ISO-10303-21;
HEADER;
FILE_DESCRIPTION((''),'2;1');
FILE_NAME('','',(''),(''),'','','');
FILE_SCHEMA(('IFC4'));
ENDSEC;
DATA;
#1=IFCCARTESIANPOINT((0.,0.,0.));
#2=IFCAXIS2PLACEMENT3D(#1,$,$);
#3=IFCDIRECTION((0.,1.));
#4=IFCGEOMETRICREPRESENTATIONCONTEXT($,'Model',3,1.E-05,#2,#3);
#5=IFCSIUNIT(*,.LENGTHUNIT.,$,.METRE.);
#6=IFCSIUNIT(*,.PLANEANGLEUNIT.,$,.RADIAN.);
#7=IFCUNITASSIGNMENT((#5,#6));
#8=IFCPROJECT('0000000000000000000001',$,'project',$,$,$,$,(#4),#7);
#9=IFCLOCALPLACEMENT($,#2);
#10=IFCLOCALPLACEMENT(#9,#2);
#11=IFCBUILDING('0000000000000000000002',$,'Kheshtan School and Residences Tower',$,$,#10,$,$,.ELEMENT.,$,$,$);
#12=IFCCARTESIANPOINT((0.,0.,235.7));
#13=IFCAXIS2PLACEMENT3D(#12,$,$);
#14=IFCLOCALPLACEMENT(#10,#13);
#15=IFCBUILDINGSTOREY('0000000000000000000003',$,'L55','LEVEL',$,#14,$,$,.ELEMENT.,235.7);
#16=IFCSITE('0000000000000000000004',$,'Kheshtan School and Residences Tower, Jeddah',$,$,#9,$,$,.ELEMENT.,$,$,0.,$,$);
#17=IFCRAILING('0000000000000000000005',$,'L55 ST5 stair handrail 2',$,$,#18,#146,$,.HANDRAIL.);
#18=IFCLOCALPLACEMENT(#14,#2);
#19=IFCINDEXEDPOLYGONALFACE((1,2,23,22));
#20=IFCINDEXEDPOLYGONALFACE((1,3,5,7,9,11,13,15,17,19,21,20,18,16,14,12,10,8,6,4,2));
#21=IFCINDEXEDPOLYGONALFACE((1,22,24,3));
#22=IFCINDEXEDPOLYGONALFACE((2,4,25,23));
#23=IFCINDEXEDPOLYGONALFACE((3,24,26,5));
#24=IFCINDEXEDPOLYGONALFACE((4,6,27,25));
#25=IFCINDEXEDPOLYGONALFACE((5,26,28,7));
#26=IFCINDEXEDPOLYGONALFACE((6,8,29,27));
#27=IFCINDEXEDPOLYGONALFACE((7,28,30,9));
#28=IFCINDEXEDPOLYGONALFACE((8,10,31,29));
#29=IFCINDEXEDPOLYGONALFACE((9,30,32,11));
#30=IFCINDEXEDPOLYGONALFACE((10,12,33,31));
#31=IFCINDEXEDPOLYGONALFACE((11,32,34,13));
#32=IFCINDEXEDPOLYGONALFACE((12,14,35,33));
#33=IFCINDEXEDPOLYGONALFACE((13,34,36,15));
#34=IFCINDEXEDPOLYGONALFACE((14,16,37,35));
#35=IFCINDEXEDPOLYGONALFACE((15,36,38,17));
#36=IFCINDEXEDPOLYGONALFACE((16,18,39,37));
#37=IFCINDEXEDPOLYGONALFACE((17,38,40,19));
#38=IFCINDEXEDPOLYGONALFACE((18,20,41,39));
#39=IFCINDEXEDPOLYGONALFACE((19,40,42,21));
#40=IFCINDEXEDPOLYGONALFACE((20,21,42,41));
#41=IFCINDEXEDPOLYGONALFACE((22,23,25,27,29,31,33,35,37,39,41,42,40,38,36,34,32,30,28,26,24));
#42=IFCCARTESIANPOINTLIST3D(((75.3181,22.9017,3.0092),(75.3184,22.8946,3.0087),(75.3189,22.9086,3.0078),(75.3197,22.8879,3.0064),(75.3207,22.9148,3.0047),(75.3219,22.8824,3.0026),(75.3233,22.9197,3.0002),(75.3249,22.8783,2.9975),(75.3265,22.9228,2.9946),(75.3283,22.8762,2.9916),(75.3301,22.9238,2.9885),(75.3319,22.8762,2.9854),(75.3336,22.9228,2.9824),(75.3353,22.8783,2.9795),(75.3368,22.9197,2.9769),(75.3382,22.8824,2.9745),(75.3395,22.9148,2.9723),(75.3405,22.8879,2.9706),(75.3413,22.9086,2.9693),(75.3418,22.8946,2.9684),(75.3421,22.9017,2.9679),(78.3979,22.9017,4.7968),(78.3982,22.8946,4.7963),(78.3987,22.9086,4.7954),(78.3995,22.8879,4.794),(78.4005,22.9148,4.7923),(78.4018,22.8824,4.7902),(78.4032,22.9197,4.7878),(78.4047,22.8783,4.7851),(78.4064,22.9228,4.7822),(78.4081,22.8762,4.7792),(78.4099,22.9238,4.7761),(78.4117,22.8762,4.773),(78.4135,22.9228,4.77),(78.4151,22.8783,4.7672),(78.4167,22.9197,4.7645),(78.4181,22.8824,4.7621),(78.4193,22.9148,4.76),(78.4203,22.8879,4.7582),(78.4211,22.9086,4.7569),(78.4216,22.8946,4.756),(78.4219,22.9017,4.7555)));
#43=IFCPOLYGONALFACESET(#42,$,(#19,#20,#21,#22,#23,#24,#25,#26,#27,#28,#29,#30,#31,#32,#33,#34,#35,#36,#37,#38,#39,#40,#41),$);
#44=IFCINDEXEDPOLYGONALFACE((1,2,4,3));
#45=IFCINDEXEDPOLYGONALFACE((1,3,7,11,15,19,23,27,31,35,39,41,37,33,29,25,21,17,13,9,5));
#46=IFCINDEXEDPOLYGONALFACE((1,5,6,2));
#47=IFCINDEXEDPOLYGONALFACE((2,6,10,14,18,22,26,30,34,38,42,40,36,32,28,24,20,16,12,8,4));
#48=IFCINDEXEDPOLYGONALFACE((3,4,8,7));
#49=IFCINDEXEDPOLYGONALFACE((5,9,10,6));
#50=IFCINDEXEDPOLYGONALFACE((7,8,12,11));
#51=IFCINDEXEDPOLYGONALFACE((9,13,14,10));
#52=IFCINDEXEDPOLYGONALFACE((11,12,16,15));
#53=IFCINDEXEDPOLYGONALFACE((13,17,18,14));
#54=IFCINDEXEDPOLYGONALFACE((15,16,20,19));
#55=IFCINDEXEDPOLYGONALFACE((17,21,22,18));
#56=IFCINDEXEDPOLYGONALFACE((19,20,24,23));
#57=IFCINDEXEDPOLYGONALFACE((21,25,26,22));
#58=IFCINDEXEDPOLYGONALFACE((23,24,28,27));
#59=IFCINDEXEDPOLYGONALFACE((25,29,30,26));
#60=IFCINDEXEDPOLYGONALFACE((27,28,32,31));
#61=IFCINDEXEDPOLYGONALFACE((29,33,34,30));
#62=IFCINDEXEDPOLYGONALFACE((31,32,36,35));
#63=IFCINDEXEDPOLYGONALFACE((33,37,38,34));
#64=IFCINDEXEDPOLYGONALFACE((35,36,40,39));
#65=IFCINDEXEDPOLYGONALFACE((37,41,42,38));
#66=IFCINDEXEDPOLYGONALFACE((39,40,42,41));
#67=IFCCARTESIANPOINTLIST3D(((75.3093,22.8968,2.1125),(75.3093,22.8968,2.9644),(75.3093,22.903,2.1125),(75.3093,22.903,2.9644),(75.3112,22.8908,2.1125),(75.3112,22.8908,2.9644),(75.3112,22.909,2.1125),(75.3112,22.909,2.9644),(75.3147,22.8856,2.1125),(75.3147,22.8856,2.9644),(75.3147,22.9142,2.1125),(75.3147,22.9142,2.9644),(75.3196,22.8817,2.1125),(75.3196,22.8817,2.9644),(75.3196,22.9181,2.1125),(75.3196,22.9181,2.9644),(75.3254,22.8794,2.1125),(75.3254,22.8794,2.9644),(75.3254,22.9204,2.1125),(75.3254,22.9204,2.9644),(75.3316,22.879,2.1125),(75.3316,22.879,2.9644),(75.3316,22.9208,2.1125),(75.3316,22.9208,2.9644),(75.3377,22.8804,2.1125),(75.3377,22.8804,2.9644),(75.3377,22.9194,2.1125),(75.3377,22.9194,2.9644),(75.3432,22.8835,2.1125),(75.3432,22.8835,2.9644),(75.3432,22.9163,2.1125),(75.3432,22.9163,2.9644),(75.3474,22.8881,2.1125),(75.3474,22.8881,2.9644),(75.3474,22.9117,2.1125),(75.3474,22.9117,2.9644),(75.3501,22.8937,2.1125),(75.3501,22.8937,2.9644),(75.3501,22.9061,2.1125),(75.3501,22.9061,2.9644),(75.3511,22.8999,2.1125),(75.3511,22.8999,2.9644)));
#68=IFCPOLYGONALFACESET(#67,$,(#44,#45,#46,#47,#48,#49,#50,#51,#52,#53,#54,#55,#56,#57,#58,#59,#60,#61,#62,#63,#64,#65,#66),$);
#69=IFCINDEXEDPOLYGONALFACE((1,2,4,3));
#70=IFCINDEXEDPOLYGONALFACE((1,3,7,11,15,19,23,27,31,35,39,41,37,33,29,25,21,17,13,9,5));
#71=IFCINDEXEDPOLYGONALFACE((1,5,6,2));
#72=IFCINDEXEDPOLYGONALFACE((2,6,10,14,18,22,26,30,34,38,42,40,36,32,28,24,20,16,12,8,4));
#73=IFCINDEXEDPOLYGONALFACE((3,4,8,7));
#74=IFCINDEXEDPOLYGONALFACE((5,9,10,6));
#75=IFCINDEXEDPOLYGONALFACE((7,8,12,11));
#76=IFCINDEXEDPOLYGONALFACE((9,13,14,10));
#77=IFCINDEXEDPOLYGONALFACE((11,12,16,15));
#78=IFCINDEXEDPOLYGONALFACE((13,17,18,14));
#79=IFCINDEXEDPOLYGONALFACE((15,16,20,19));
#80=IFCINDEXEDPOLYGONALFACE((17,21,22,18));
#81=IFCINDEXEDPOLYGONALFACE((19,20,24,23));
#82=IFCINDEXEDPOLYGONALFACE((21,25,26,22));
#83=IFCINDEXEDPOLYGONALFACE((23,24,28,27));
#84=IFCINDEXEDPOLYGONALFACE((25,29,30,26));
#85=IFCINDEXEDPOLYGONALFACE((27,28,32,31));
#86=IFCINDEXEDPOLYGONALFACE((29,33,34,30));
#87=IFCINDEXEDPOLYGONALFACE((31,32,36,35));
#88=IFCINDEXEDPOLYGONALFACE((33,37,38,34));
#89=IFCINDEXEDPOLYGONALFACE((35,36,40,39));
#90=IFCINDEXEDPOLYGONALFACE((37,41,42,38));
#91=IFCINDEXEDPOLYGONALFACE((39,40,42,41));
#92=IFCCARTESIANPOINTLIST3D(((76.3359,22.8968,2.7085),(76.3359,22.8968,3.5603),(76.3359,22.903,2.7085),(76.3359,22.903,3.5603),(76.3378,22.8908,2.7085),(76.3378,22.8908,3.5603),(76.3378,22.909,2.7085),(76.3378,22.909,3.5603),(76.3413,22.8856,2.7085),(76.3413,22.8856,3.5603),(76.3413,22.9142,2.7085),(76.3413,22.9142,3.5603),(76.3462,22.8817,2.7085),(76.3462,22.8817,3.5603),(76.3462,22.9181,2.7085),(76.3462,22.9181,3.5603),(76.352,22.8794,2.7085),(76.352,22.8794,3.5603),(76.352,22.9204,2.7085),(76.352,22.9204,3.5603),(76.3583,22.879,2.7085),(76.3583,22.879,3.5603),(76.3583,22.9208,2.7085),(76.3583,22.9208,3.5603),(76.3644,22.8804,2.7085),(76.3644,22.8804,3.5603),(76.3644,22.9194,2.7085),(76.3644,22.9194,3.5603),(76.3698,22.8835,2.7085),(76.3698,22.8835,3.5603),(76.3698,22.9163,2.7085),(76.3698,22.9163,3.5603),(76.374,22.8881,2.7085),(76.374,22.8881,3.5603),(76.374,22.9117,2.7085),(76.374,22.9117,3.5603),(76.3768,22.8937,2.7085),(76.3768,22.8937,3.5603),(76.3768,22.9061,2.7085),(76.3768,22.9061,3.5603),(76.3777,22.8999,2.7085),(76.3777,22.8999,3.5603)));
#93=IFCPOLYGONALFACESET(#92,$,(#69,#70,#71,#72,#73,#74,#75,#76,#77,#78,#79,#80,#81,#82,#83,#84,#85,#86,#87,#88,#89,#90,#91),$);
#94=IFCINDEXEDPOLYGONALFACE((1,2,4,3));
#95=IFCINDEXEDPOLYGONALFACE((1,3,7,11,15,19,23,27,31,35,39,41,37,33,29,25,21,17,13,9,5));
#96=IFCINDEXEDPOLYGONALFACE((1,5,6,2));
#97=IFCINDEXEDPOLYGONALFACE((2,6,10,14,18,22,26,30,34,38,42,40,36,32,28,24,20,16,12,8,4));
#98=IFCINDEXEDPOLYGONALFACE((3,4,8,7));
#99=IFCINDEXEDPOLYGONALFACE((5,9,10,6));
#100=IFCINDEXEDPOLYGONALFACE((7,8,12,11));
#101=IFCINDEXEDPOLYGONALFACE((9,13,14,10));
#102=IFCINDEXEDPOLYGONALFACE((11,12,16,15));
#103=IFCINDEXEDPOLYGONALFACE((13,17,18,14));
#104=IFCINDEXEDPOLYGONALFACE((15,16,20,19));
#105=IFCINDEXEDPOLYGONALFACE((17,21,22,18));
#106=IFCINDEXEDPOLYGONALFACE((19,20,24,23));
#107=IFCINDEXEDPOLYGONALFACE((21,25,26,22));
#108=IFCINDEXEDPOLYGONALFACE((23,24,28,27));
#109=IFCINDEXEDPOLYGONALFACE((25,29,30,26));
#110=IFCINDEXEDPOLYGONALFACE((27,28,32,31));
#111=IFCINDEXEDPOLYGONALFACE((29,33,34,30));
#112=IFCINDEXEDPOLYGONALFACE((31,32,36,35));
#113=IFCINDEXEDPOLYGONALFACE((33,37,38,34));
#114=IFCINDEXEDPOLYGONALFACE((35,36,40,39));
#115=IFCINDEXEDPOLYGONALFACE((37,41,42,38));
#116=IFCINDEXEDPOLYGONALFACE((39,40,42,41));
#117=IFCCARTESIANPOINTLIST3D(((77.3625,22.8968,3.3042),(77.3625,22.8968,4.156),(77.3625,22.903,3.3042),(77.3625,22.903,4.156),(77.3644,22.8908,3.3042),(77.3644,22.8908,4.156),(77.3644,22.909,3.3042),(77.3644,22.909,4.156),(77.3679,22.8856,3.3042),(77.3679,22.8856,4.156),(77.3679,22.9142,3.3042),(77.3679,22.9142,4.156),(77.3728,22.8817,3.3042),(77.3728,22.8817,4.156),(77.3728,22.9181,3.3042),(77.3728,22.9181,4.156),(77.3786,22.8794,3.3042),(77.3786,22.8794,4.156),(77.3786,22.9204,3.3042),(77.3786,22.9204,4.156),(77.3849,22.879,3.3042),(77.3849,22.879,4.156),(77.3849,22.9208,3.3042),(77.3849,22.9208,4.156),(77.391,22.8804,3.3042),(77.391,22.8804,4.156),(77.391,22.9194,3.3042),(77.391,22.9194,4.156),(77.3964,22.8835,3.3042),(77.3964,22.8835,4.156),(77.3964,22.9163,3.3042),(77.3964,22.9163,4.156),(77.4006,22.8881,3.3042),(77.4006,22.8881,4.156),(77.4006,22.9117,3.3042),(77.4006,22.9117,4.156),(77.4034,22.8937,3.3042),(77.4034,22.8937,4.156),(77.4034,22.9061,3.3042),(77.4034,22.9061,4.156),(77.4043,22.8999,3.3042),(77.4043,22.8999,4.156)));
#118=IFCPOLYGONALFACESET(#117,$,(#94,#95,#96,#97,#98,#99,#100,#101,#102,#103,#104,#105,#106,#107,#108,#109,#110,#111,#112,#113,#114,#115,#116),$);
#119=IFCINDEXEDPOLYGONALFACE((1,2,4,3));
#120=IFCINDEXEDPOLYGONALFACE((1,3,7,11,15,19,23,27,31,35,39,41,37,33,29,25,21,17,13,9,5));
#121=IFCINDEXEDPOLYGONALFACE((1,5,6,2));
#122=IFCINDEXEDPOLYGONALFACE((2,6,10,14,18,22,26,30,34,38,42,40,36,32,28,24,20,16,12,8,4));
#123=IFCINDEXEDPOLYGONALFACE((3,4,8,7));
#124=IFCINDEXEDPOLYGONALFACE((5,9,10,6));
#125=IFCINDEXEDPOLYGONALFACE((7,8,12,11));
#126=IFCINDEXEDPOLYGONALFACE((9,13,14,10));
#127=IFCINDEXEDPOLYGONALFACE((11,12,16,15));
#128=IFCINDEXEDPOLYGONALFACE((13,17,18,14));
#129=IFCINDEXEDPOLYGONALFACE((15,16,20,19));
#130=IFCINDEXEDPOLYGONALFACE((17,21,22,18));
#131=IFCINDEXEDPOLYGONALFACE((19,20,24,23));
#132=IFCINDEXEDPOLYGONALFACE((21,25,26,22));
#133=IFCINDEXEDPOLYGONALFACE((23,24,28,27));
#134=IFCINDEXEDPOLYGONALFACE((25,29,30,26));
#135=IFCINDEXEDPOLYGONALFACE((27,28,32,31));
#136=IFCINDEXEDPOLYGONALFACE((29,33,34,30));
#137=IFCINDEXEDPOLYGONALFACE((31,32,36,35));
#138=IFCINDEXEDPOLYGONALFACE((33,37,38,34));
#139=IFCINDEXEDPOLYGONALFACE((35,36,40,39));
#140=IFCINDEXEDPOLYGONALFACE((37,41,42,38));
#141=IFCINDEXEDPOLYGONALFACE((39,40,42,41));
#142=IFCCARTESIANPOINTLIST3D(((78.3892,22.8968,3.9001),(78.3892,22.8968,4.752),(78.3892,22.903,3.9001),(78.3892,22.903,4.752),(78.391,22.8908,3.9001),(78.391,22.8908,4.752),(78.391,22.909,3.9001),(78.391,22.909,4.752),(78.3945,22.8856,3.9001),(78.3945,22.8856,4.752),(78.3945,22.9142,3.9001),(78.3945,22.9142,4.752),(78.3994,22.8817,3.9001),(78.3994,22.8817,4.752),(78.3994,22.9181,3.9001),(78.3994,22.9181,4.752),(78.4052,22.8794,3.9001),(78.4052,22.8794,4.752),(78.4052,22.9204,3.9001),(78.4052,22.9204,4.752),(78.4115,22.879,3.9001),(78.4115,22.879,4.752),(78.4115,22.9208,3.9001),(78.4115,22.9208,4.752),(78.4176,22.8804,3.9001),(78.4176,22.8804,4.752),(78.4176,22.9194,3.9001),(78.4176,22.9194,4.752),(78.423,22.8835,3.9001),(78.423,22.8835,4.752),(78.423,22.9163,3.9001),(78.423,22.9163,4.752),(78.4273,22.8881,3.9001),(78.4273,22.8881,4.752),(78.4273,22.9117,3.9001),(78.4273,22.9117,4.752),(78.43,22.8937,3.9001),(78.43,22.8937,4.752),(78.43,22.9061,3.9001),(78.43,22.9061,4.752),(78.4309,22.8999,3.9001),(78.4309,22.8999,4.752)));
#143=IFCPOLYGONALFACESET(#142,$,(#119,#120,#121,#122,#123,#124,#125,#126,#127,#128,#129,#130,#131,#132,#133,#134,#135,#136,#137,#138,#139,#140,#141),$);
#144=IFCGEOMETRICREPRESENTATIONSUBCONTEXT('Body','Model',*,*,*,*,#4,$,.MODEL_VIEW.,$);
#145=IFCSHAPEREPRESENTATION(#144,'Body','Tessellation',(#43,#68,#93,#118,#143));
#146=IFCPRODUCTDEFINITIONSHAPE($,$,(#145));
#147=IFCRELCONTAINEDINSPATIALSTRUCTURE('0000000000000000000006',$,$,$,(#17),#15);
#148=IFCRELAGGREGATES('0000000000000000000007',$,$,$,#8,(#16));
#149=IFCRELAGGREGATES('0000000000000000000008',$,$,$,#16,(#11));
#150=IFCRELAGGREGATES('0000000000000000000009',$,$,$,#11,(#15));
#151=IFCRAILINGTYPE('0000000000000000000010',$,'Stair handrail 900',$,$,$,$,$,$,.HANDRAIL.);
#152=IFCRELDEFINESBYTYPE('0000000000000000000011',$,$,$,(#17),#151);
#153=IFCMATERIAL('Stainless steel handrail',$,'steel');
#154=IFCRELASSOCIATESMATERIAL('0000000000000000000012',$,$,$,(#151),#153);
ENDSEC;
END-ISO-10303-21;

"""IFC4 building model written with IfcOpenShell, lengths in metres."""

from ifc_helpers import new_model, si_unit, direction, frame, origin, origin_2d, place, context, subcontext, project, spatial, circle, extrude, material, type_object, element, save


model = new_model("IFC4")

# Units and contexts
model_context = context("Model", 3, precision=1e-05, world=origin(), true_north=direction((0.0, 1.0)))
body_context = subcontext(model_context, "Body", "Model", "MODEL_VIEW")
ifc_project = project(units=[si_unit("LENGTHUNIT", "METRE"), si_unit("PLANEANGLEUNIT", "RADIAN")], contexts=[model_context])

# Site, building, storey
site_placement = place(None, origin())
site = spatial("IfcSite", under=ifc_project, at=site_placement, Name="Kheshtan School and Residences Tower, Jeddah", CompositionType="ELEMENT", RefElevation=0.0)
building_placement = place(site_placement, origin())
building = spatial("IfcBuilding", under=site, at=building_placement, Name="Kheshtan School and Residences Tower", CompositionType="ELEMENT")
storey_placement = place(building_placement, frame((0.0, 0.0, 235.7)))
storey = spatial("IfcBuildingStorey", under=building, at=storey_placement, Name="L55", Description="LEVEL", CompositionType="ELEMENT", Elevation=235.7)

# Railing
ifc_material_1 = material(Name="Stainless steel handrail", Category="steel")
railing_type_1 = type_object("IfcRailingType", Name="Stair handrail 900", PredefinedType="HANDRAIL", material=ifc_material_1)
railing_1_placement = place(storey_placement, frame((75.3301, 22.8999, 2.1125)))
element("IfcRailing", 1, at=railing_1_placement, inside=storey, type_object=railing_type_1, Name="L55 ST5 stair handrail 2", PredefinedType="HANDRAIL", context=body_context, shape_type="SweptSolid", body=[
    extrude(circle(Radius=0.0239, at=origin_2d()), frame((0.0, 0.0, 0.876), z_axis=(0.864873, 0.0, 0.50199), x_axis=(0.0, 1.0, 0.0)), (0.0, 0.0, 1.0), 3.561),
    extrude(circle(Radius=0.021, at=origin_2d()), origin(), (0.0, 0.0, 1.0), 0.8518),
    extrude(circle(Radius=0.021, at=origin_2d()), frame((1.0266, 0.0, 0.5959)), (0.0, 0.0, 1.0), 0.8518),
    extrude(circle(Radius=0.021, at=origin_2d()), frame((2.0532, 0.0, 1.1917)), (0.0, 0.0, 1.0), 0.8518),
    extrude(circle(Radius=0.021, at=origin_2d()), frame((3.0798, 0.0, 1.7876)), (0.0, 0.0, 1.0), 0.8518),
])

save(model, "model.ifc")
